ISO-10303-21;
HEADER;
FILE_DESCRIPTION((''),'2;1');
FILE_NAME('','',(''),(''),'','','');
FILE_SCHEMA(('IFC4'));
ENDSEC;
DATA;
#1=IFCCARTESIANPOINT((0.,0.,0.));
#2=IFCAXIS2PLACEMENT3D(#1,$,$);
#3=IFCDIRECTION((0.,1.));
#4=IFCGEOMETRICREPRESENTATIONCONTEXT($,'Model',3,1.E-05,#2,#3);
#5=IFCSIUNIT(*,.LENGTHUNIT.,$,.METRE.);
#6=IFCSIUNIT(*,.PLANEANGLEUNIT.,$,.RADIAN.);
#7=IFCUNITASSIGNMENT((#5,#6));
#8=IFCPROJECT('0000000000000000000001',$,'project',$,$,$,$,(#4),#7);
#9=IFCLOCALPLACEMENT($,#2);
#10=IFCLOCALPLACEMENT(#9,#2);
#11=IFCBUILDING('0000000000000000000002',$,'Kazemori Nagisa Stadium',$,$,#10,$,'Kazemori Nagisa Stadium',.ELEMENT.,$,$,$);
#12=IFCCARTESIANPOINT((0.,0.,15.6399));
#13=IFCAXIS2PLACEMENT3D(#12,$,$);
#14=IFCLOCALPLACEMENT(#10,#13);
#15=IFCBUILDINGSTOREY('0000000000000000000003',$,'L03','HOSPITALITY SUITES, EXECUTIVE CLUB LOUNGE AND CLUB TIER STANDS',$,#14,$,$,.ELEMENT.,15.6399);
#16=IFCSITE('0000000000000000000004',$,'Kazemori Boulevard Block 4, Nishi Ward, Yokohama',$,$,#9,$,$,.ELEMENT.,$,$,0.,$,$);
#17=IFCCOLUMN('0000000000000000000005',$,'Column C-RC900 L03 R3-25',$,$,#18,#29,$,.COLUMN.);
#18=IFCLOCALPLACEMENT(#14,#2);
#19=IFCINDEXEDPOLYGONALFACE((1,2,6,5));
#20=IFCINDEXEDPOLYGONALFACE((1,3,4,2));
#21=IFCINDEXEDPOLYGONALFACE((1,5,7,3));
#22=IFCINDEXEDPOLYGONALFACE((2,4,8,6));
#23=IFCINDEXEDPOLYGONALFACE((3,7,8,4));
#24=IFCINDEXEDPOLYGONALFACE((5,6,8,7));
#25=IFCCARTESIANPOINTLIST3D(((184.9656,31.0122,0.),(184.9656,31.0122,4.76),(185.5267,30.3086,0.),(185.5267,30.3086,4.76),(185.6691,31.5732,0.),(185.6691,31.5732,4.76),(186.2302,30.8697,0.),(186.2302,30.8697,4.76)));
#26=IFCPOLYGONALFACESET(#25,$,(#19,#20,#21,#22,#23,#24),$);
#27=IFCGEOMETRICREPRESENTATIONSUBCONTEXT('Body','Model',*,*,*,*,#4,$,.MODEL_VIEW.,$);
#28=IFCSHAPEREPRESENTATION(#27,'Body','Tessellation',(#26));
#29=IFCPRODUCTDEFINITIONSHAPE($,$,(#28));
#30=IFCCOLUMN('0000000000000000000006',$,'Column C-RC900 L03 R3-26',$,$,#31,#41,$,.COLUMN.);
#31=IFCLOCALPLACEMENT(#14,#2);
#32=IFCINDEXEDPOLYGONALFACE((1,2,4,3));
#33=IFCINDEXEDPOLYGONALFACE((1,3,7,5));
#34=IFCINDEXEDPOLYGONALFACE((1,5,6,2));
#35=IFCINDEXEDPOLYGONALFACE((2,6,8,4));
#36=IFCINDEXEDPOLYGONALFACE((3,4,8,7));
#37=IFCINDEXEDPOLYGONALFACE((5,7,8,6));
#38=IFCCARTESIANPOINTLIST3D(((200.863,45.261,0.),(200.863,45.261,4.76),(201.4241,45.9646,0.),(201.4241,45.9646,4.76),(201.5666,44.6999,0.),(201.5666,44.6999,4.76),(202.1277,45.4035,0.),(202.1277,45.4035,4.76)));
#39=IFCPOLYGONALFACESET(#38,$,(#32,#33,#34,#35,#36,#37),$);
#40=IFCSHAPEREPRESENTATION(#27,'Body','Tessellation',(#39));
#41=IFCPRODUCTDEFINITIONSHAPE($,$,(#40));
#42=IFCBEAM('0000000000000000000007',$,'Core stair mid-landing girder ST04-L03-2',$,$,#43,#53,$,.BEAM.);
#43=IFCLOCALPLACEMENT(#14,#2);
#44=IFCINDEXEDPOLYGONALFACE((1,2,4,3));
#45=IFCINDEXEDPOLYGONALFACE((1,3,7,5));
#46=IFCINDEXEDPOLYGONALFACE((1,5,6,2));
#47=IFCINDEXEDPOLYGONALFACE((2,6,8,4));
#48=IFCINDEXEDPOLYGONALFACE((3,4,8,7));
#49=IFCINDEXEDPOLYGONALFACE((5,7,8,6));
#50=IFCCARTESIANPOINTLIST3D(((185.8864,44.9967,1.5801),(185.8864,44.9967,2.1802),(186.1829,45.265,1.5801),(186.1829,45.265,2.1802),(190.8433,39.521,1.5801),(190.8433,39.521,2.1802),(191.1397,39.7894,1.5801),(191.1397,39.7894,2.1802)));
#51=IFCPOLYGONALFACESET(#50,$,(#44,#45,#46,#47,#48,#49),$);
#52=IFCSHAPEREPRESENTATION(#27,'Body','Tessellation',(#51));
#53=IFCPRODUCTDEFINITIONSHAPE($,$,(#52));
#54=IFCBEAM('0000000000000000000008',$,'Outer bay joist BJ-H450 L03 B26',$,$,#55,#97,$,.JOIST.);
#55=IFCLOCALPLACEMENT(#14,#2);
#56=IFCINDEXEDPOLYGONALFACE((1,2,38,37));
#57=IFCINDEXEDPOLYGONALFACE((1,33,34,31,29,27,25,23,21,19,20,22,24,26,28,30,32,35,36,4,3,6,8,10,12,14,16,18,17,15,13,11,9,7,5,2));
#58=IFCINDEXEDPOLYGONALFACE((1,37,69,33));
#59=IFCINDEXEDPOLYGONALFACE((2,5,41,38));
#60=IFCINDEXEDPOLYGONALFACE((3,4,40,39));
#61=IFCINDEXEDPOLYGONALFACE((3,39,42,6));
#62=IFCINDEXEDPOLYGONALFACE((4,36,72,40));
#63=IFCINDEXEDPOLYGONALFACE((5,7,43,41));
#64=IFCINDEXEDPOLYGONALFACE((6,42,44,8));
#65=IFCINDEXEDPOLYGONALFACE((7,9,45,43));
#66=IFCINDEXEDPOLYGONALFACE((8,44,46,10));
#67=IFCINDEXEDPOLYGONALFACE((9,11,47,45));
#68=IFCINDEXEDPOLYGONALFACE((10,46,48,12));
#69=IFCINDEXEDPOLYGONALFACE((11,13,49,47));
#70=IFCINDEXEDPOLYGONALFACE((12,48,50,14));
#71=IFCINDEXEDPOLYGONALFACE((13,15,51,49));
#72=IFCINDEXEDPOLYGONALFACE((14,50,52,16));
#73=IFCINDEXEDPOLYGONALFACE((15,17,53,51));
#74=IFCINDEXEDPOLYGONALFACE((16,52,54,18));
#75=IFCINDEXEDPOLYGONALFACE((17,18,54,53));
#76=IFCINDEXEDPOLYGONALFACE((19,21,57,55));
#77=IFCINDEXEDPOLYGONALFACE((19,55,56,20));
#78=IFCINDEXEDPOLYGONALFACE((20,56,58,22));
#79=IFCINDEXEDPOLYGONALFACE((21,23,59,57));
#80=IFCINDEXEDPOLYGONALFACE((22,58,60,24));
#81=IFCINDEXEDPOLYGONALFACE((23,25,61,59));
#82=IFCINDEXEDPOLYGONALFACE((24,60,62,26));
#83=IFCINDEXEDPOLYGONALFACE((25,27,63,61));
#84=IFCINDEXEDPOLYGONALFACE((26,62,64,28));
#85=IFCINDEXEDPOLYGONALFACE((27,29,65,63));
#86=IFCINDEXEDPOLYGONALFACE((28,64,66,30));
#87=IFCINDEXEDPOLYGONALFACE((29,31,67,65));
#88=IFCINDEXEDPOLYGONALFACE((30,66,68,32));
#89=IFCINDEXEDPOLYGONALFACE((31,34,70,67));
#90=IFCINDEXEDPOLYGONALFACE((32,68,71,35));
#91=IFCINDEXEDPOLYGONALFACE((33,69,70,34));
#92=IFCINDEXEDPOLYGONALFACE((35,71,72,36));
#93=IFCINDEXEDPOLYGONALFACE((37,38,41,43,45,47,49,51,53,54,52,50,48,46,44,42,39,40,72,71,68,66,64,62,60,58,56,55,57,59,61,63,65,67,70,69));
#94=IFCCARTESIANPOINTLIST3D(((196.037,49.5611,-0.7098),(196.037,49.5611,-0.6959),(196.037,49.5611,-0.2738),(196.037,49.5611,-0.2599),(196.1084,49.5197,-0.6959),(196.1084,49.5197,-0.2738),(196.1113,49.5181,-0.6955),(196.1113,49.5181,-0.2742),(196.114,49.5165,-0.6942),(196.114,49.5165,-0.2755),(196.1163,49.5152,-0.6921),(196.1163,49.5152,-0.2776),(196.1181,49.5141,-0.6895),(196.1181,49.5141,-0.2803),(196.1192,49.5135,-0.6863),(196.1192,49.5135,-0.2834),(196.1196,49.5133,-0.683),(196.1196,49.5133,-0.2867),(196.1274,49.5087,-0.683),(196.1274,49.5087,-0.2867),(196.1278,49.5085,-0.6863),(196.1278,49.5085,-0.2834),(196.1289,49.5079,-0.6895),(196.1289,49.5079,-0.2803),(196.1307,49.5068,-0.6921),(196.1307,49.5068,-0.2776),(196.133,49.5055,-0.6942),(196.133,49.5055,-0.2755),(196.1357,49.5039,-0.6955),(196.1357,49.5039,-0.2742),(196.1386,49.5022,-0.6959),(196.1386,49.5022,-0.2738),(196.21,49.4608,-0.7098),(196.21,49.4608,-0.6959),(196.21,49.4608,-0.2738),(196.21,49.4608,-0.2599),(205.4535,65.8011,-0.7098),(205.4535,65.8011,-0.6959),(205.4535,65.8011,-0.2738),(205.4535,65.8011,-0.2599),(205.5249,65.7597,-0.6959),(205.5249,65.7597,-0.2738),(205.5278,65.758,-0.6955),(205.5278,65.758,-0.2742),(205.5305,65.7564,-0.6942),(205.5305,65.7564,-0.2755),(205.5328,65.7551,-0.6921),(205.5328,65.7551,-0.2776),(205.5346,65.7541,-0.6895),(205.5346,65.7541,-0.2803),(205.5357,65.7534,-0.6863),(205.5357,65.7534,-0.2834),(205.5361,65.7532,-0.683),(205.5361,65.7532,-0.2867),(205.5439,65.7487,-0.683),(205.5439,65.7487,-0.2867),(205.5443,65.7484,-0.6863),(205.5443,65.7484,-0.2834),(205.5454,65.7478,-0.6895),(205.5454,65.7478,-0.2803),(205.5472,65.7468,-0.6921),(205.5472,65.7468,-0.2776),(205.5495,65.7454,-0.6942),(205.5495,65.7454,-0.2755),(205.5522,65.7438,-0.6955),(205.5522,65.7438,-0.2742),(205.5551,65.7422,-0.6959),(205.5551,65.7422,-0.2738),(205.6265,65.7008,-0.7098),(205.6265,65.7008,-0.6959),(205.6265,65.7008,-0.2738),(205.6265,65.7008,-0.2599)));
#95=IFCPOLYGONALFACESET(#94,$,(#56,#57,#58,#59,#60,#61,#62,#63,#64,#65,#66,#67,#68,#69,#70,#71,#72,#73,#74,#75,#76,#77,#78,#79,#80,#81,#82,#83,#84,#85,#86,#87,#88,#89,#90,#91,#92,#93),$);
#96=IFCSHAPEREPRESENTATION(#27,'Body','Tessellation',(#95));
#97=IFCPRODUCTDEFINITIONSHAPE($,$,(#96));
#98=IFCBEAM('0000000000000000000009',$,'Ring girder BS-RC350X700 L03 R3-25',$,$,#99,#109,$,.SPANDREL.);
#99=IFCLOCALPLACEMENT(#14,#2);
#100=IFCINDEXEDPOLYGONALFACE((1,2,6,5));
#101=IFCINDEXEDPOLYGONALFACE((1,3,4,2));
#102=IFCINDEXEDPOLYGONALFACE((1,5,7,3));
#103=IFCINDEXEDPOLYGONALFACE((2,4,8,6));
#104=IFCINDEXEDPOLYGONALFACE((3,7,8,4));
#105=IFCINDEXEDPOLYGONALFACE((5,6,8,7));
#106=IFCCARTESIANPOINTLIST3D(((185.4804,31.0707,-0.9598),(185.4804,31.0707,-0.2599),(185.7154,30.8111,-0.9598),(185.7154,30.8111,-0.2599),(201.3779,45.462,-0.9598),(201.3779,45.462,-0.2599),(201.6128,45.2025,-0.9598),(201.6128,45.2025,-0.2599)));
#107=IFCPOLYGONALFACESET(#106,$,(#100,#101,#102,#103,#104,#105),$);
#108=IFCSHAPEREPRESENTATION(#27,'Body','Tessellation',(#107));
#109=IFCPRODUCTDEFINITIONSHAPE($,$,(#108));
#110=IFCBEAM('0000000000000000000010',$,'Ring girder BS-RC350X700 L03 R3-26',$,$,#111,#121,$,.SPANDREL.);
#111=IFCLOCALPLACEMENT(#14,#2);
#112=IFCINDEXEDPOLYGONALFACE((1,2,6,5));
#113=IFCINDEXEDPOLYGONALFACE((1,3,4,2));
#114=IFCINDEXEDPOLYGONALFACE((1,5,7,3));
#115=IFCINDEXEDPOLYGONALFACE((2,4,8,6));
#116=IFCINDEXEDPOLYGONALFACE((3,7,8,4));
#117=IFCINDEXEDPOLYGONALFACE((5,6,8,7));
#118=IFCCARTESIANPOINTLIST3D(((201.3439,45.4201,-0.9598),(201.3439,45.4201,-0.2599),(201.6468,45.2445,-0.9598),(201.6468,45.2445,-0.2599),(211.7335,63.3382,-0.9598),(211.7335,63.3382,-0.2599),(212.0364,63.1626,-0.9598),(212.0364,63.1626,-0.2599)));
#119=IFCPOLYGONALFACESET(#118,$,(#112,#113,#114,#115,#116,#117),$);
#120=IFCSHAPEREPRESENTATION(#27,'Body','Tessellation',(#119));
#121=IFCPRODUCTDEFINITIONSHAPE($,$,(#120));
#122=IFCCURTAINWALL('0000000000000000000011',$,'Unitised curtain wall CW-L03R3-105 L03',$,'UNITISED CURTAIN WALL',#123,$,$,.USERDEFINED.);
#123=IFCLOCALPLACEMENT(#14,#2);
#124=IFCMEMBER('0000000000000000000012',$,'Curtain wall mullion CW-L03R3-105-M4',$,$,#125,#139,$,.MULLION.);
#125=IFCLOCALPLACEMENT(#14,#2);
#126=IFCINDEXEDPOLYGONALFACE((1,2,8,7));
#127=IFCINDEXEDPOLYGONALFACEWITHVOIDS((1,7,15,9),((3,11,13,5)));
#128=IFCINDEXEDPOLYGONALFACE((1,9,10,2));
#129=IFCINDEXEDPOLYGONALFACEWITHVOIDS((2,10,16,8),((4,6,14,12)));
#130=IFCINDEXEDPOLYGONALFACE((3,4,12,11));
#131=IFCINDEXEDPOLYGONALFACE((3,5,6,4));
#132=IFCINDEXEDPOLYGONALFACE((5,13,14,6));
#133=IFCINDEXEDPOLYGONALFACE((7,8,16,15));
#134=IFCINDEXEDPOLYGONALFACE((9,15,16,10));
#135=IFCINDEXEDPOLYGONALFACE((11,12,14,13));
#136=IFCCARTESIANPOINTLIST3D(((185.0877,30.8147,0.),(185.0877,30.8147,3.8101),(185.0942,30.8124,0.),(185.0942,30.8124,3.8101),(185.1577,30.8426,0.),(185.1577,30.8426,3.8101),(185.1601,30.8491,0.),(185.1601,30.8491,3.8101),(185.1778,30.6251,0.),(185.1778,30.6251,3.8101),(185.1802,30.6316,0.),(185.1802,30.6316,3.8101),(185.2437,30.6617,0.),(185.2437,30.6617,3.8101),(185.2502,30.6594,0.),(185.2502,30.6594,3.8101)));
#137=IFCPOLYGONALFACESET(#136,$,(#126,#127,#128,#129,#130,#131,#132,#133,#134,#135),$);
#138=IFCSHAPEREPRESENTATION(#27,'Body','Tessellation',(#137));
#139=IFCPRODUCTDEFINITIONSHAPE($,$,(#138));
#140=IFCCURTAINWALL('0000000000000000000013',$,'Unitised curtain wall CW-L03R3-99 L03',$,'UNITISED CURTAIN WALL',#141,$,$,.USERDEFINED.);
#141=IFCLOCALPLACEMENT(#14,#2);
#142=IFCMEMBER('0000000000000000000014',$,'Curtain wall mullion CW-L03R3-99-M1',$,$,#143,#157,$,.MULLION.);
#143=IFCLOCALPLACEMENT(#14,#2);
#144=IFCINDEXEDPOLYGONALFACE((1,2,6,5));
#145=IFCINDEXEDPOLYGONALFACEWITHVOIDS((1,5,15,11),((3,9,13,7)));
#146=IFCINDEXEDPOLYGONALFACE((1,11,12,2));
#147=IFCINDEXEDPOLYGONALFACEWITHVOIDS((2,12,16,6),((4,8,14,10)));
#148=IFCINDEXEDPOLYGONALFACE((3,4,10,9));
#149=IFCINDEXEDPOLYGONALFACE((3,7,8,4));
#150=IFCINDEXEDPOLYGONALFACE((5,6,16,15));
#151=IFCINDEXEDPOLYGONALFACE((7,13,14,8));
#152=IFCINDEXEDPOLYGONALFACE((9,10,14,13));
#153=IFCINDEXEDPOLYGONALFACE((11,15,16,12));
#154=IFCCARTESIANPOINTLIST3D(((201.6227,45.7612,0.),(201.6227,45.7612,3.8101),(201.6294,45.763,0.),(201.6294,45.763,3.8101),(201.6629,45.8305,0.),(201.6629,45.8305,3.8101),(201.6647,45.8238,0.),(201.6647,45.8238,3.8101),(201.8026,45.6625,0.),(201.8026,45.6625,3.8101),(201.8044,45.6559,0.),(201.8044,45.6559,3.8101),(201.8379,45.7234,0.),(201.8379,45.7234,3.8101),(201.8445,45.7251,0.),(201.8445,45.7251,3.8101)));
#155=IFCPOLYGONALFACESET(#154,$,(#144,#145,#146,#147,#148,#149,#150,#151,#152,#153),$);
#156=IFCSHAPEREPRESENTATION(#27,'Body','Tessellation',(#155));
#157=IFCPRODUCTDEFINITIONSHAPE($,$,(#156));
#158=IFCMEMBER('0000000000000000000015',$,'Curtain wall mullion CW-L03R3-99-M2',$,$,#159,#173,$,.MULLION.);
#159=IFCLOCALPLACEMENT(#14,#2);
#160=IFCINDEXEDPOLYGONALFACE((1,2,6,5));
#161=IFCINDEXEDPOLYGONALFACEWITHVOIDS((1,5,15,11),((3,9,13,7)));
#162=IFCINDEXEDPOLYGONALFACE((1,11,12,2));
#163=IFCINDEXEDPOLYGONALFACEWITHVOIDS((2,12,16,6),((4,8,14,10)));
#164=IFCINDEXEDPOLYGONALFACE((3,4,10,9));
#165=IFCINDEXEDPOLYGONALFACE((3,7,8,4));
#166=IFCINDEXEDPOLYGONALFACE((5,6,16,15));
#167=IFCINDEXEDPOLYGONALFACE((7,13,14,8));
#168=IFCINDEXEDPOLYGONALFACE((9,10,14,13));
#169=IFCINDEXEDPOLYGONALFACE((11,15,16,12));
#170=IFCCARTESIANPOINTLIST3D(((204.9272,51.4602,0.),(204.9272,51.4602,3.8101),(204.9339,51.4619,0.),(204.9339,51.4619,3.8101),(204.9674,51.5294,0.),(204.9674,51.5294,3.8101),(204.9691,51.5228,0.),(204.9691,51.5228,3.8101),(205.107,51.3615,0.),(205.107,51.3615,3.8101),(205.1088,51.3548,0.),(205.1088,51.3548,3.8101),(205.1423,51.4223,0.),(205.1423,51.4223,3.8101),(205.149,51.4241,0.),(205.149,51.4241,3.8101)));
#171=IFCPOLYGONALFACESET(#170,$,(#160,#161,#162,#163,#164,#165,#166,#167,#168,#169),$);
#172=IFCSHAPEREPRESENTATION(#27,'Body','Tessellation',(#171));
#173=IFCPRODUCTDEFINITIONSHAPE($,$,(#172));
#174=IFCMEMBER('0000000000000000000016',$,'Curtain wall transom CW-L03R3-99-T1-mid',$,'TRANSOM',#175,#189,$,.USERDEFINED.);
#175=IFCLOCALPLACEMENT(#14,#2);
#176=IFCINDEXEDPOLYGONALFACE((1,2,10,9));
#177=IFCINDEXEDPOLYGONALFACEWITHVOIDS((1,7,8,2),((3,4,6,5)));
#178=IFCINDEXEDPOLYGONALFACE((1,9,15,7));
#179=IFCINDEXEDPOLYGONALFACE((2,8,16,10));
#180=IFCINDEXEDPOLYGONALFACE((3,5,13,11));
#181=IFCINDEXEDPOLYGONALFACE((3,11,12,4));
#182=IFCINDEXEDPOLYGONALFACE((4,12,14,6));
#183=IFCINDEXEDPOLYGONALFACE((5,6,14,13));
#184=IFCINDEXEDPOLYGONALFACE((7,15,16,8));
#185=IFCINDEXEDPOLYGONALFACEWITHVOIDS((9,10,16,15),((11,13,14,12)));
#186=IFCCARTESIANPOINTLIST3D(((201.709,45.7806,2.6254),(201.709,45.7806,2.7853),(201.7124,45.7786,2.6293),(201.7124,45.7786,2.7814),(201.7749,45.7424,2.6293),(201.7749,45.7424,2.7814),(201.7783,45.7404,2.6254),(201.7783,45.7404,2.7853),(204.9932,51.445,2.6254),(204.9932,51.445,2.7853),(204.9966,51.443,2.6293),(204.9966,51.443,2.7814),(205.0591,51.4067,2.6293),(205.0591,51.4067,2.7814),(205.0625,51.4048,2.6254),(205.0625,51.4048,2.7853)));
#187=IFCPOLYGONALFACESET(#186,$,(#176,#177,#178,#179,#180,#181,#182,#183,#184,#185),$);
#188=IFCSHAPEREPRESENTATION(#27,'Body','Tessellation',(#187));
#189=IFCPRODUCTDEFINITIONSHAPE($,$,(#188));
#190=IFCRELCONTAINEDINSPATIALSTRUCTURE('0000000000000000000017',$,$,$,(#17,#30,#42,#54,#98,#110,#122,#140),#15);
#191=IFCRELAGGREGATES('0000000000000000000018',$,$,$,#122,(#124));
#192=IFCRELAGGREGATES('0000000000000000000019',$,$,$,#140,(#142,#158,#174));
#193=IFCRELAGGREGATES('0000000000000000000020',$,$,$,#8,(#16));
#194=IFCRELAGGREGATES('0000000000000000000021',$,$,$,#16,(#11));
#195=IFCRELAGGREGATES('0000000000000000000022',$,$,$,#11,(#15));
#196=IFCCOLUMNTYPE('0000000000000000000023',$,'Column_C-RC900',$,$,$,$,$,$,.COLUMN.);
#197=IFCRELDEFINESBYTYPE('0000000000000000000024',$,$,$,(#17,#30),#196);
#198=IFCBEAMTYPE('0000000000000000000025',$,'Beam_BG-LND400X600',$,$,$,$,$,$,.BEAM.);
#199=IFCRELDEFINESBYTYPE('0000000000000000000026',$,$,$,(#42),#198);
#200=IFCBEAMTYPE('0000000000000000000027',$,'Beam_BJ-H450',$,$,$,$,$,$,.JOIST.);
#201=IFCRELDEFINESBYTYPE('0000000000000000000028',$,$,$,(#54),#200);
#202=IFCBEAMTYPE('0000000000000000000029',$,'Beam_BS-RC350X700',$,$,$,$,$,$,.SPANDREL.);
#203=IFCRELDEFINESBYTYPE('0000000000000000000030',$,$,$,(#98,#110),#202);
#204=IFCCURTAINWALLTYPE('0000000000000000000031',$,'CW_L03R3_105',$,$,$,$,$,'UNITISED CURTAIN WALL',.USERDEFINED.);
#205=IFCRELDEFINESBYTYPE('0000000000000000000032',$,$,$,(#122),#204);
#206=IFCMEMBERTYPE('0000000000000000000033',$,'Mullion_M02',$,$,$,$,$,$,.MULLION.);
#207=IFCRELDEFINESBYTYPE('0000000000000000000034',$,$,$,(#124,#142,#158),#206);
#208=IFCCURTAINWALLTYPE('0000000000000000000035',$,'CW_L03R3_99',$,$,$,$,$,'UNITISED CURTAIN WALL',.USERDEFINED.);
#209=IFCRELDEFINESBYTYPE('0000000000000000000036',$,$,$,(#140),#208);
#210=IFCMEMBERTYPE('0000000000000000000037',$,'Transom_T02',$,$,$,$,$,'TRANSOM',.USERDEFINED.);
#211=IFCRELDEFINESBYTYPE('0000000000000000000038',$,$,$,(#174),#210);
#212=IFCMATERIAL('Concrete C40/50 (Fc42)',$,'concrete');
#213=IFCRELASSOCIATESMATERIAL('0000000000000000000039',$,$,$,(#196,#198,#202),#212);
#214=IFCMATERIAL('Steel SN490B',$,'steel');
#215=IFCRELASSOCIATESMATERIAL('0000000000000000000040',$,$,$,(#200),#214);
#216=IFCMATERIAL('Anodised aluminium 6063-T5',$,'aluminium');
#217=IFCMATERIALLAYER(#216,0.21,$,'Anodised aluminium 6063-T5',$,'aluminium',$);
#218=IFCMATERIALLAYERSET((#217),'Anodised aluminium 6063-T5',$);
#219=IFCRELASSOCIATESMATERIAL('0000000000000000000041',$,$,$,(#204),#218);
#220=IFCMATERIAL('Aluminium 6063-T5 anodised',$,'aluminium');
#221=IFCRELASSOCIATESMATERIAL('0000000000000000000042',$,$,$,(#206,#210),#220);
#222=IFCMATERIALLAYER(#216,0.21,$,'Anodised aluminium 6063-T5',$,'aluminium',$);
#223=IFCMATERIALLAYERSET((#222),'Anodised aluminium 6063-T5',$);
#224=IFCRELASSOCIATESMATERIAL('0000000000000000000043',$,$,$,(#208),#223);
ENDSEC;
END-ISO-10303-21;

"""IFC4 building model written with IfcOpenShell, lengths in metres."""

from ifc_helpers import new_model, si_unit, direction, frame, origin, origin_2d, place, context, subcontext, project, spatial, rectangle, hollow_rectangle, i_section, extrude, material, layer, layer_set, material_profile, profile_set, type_object, element, aggregate, save


model = new_model("IFC4")

# Units and contexts
model_context = context("Model", 3, precision=1e-05, world=origin(), true_north=direction((0.0, 1.0)))
body_context = subcontext(model_context, "Body", "Model", "MODEL_VIEW")
ifc_project = project(units=[si_unit("LENGTHUNIT", "METRE"), si_unit("PLANEANGLEUNIT", "RADIAN")], contexts=[model_context])

# Site, building, storey
site_placement = place(None, origin())
site = spatial("IfcSite", under=ifc_project, at=site_placement, Name="Kazemori Boulevard Block 4, Nishi Ward, Yokohama", CompositionType="ELEMENT", RefElevation=0.0)
building_placement = place(site_placement, origin())
building = spatial("IfcBuilding", under=site, at=building_placement, Name="Kazemori Nagisa Stadium", LongName="Kazemori Nagisa Stadium", CompositionType="ELEMENT")
storey_placement = place(building_placement, frame((0.0, 0.0, 15.6399)))
storey = spatial("IfcBuildingStorey", under=building, at=storey_placement, Name="L03", Description="HOSPITALITY SUITES, EXECUTIVE CLUB LOUNGE AND CLUB TIER STANDS", CompositionType="ELEMENT", Elevation=15.6399)

# Columns
ifc_material_1 = material(Name="Concrete C40/50 (Fc42)", Category="concrete")
ifc_material_profile_1 = material_profile(ifc_material_1, rectangle(XDim=0.8999, YDim=0.8999, at=origin_2d()), Name="RC-COL-900x900")
ifc_profile_set_1 = profile_set([ifc_material_profile_1], Name="Concrete C40/50 (Fc42)")
column_type = type_object("IfcColumnType", Name="Column_C-RC900", PredefinedType="COLUMN", material=ifc_profile_set_1)
for number, where, z_axis, x_axis, name in (
    (1, (185.5979, 30.9409, 0.0), (0.0, 0.0, 1.0), (0.62349, -0.781831, 0.0), "Column C-RC900 L03 R3-25"),
    (2, (201.4954, 45.3323, 0.0), (0.0, 0.0, 1.0), (0.781831, -0.62349, 0.0), "Column C-RC900 L03 R3-26"),
):
    element("IfcColumn", number, at=place(storey_placement, frame(where, z_axis=z_axis, x_axis=x_axis)), inside=storey, type_object=column_type, Name=name, PredefinedType="COLUMN", context=body_context, shape_type="SweptSolid", body=[
        extrude(rectangle(XDim=0.8999, YDim=0.8999, at=origin_2d()), origin(), (0.0, 0.0, 1.0), 4.76),
    ])

# Beams
ifc_material_profile_2 = material_profile(ifc_material_1, rectangle(XDim=0.3999, YDim=0.6001, at=origin_2d()), Name="RC-BM-400x600")
ifc_profile_set_2 = profile_set([ifc_material_profile_2], Name="Concrete C40/50 (Fc42)")
beam_type_1 = type_object("IfcBeamType", Name="Beam_BG-LND400X600", PredefinedType="BEAM", material=ifc_profile_set_2)
beam_1_placement = place(storey_placement, frame((186.0347, 45.1309, 1.8801), z_axis=(0.671113, -0.741355, 0.0), x_axis=(0.741355, 0.671113, 0.0)))
element("IfcBeam", 3, at=beam_1_placement, inside=storey, type_object=beam_type_1, Name="Core stair mid-landing girder ST04-L03-2", PredefinedType="BEAM", context=body_context, shape_type="SweptSolid", body=[
    extrude(rectangle(XDim=0.3999, YDim=0.6001, at=origin_2d()), origin(), (0.0, 0.0, 1.0), 7.386),
])
ifc_material_2 = material(Name="Steel SN490B", Category="steel")
ifc_material_profile_3 = material_profile(ifc_material_2, i_section(OverallWidth=0.2, OverallDepth=0.45, WebThickness=0.009, FlangeThickness=0.0139, FilletRadius=0.0129, at=origin_2d()), Name="H-450x200x9x14")
ifc_profile_set_3 = profile_set([ifc_material_profile_3], Name="Steel SN490B")
beam_type_2 = type_object("IfcBeamType", Name="Beam_BJ-H450", PredefinedType="JOIST", material=ifc_profile_set_3)
beam_2_placement = place(storey_placement, frame((196.1235, 49.511, -0.4849), z_axis=(0.501611, 0.865093, 0.0), x_axis=(-0.865093, 0.501611, 0.0)))
element("IfcBeam", 4, at=beam_2_placement, inside=storey, type_object=beam_type_2, Name="Outer bay joist BJ-H450 L03 B26", PredefinedType="JOIST", context=body_context, shape_type="SweptSolid", body=[
    extrude(i_section(OverallWidth=0.2, OverallDepth=0.45, WebThickness=0.009, FlangeThickness=0.0139, FilletRadius=0.0129, at=origin_2d()), origin(), (0.0, 0.0, 1.0), 18.7725),
])
ifc_material_profile_4 = material_profile(ifc_material_1, rectangle(XDim=0.3501, YDim=0.7, at=origin_2d()), Name="RC-SP-350x700")
ifc_profile_set_4 = profile_set([ifc_material_profile_4], Name="Concrete C40/50 (Fc42)")
beam_type_3 = type_object("IfcBeamType", Name="Beam_BS-RC350X700", PredefinedType="SPANDREL", material=ifc_profile_set_4)
beam_3_placement = place(storey_placement, frame((185.5979, 30.9409, -0.6099), z_axis=(0.741352, 0.671117, 0.0), x_axis=(-0.671117, 0.741352, 0.0)))
element("IfcBeam", 5, at=beam_3_placement, inside=storey, type_object=beam_type_3, Name="Ring girder BS-RC350X700 L03 R3-25", PredefinedType="SPANDREL", context=body_context, shape_type="SweptSolid", body=[
    extrude(rectangle(XDim=0.3501, YDim=0.7, at=origin_2d()), origin(), (0.0, 0.0, 1.0), 21.4438),
])
beam_4_placement = place(storey_placement, frame((201.4954, 45.3323, -0.6099), z_axis=(0.501613, 0.865092, 0.0), x_axis=(-0.865092, 0.501613, 0.0)))
element("IfcBeam", 6, at=beam_4_placement, inside=storey, type_object=beam_type_3, Name="Ring girder BS-RC350X700 L03 R3-26", PredefinedType="SPANDREL", context=body_context, shape_type="SweptSolid", body=[
    extrude(rectangle(XDim=0.3501, YDim=0.7, at=origin_2d()), origin(), (0.0, 0.0, 1.0), 20.7124),
])

# Curtain wall, member
ifc_material_3 = material(Name="Anodised aluminium 6063-T5", Category="aluminium")
ifc_layer_1 = layer(ifc_material_3, 0.21, Name="Anodised aluminium 6063-T5", Category="aluminium")
ifc_layer_set_1 = layer_set([ifc_layer_1], Name="Anodised aluminium 6063-T5")
curtain_wall_type_1 = type_object("IfcCurtainWallType", Name="CW_L03R3_105", ElementType="UNITISED CURTAIN WALL", PredefinedType="USERDEFINED", material=ifc_layer_set_1)
curtain_wall_1_placement = place(storey_placement, origin())
curtain_wall_1 = element("IfcCurtainWall", 7, at=curtain_wall_1_placement, inside=storey, type_object=curtain_wall_type_1, Name="Unitised curtain wall CW-L03R3-105 L03", ObjectType="UNITISED CURTAIN WALL", PredefinedType="USERDEFINED")
ifc_material_4 = material(Name="Aluminium 6063-T5 anodised", Category="aluminium")
ifc_material_profile_5 = material_profile(ifc_material_4, hollow_rectangle(XDim=0.0801, YDim=0.21, WallThickness=0.0049, at=origin_2d()), Name="ALU-MULL-80x210x5")
ifc_profile_set_5 = profile_set([ifc_material_profile_5], Name="Aluminium 6063-T5 anodised")
member_type_1 = type_object("IfcMemberType", Name="Mullion_M02", PredefinedType="MULLION", material=ifc_profile_set_5)
member_1_placement = place(storey_placement, frame((185.1689, 30.7371, 0.0), z_axis=(0.0, 0.0, 1.0), x_axis=(0.903216, 0.429186, 0.0)))
member_1 = element("IfcMember", 8, at=member_1_placement, type_object=member_type_1, Name="Curtain wall mullion CW-L03R3-105-M4", PredefinedType="MULLION", context=body_context, shape_type="SweptSolid", body=[
    extrude(hollow_rectangle(XDim=0.0801, YDim=0.21, WallThickness=0.0049, at=origin_2d()), origin(), (0.0, 0.0, 1.0), 3.8101),
])
aggregate(curtain_wall_1, [member_1])

# Curtain wall, members
ifc_layer_2 = layer(ifc_material_3, 0.21, Name="Anodised aluminium 6063-T5", Category="aluminium")
ifc_layer_set_2 = layer_set([ifc_layer_2], Name="Anodised aluminium 6063-T5")
curtain_wall_type_2 = type_object("IfcCurtainWallType", Name="CW_L03R3_99", ElementType="UNITISED CURTAIN WALL", PredefinedType="USERDEFINED", material=ifc_layer_set_2)
curtain_wall_2_placement = place(storey_placement, origin())
curtain_wall_2 = element("IfcCurtainWall", 9, at=curtain_wall_2_placement, inside=storey, type_object=curtain_wall_type_2, Name="Unitised curtain wall CW-L03R3-99 L03", ObjectType="UNITISED CURTAIN WALL", PredefinedType="USERDEFINED")
member_2_placement = place(storey_placement, frame((201.7336, 45.7432, 0.0), z_axis=(0.0, 0.0, 1.0), x_axis=(0.501612, 0.865093, 0.0)))
member_2 = element("IfcMember", 10, at=member_2_placement, type_object=member_type_1, Name="Curtain wall mullion CW-L03R3-99-M1", PredefinedType="MULLION", context=body_context, shape_type="SweptSolid", body=[
    extrude(hollow_rectangle(XDim=0.0801, YDim=0.21, WallThickness=0.0049, at=origin_2d()), origin(), (0.0, 0.0, 1.0), 3.8101),
])
member_3_placement = place(storey_placement, frame((205.0381, 51.4421, 0.0), z_axis=(0.0, 0.0, 1.0), x_axis=(0.501612, 0.865093, 0.0)))
member_3 = element("IfcMember", 11, at=member_3_placement, type_object=member_type_1, Name="Curtain wall mullion CW-L03R3-99-M2", PredefinedType="MULLION", context=body_context, shape_type="SweptSolid", body=[
    extrude(hollow_rectangle(XDim=0.0801, YDim=0.21, WallThickness=0.0049, at=origin_2d()), origin(), (0.0, 0.0, 1.0), 3.8101),
])
ifc_material_profile_6 = material_profile(ifc_material_4, hollow_rectangle(XDim=0.0801, YDim=0.1599, WallThickness=0.0039, at=origin_2d()), Name="ALU-TRAN-80x160x4")
ifc_profile_set_6 = profile_set([ifc_material_profile_6], Name="Aluminium 6063-T5 anodised")
member_type_2 = type_object("IfcMemberType", Name="Transom_T02", ElementType="TRANSOM", PredefinedType="USERDEFINED", material=ifc_profile_set_6)
member_4_placement = place(storey_placement, frame((201.7437, 45.7605, 2.7053), z_axis=(0.50159, 0.865105, 0.0), x_axis=(-0.865105, 0.50159, 0.0)))
member_4 = element("IfcMember", 12, at=member_4_placement, type_object=member_type_2, Name="Curtain wall transom CW-L03R3-99-T1-mid", ObjectType="TRANSOM", PredefinedType="USERDEFINED", context=body_context, shape_type="SweptSolid", body=[
    extrude(hollow_rectangle(XDim=0.0801, YDim=0.1599, WallThickness=0.0039, at=origin_2d()), origin(), (0.0, 0.0, 1.0), 6.5476),
])
aggregate(curtain_wall_2, [member_2, member_3, member_4])

save(model, "model.ifc")
